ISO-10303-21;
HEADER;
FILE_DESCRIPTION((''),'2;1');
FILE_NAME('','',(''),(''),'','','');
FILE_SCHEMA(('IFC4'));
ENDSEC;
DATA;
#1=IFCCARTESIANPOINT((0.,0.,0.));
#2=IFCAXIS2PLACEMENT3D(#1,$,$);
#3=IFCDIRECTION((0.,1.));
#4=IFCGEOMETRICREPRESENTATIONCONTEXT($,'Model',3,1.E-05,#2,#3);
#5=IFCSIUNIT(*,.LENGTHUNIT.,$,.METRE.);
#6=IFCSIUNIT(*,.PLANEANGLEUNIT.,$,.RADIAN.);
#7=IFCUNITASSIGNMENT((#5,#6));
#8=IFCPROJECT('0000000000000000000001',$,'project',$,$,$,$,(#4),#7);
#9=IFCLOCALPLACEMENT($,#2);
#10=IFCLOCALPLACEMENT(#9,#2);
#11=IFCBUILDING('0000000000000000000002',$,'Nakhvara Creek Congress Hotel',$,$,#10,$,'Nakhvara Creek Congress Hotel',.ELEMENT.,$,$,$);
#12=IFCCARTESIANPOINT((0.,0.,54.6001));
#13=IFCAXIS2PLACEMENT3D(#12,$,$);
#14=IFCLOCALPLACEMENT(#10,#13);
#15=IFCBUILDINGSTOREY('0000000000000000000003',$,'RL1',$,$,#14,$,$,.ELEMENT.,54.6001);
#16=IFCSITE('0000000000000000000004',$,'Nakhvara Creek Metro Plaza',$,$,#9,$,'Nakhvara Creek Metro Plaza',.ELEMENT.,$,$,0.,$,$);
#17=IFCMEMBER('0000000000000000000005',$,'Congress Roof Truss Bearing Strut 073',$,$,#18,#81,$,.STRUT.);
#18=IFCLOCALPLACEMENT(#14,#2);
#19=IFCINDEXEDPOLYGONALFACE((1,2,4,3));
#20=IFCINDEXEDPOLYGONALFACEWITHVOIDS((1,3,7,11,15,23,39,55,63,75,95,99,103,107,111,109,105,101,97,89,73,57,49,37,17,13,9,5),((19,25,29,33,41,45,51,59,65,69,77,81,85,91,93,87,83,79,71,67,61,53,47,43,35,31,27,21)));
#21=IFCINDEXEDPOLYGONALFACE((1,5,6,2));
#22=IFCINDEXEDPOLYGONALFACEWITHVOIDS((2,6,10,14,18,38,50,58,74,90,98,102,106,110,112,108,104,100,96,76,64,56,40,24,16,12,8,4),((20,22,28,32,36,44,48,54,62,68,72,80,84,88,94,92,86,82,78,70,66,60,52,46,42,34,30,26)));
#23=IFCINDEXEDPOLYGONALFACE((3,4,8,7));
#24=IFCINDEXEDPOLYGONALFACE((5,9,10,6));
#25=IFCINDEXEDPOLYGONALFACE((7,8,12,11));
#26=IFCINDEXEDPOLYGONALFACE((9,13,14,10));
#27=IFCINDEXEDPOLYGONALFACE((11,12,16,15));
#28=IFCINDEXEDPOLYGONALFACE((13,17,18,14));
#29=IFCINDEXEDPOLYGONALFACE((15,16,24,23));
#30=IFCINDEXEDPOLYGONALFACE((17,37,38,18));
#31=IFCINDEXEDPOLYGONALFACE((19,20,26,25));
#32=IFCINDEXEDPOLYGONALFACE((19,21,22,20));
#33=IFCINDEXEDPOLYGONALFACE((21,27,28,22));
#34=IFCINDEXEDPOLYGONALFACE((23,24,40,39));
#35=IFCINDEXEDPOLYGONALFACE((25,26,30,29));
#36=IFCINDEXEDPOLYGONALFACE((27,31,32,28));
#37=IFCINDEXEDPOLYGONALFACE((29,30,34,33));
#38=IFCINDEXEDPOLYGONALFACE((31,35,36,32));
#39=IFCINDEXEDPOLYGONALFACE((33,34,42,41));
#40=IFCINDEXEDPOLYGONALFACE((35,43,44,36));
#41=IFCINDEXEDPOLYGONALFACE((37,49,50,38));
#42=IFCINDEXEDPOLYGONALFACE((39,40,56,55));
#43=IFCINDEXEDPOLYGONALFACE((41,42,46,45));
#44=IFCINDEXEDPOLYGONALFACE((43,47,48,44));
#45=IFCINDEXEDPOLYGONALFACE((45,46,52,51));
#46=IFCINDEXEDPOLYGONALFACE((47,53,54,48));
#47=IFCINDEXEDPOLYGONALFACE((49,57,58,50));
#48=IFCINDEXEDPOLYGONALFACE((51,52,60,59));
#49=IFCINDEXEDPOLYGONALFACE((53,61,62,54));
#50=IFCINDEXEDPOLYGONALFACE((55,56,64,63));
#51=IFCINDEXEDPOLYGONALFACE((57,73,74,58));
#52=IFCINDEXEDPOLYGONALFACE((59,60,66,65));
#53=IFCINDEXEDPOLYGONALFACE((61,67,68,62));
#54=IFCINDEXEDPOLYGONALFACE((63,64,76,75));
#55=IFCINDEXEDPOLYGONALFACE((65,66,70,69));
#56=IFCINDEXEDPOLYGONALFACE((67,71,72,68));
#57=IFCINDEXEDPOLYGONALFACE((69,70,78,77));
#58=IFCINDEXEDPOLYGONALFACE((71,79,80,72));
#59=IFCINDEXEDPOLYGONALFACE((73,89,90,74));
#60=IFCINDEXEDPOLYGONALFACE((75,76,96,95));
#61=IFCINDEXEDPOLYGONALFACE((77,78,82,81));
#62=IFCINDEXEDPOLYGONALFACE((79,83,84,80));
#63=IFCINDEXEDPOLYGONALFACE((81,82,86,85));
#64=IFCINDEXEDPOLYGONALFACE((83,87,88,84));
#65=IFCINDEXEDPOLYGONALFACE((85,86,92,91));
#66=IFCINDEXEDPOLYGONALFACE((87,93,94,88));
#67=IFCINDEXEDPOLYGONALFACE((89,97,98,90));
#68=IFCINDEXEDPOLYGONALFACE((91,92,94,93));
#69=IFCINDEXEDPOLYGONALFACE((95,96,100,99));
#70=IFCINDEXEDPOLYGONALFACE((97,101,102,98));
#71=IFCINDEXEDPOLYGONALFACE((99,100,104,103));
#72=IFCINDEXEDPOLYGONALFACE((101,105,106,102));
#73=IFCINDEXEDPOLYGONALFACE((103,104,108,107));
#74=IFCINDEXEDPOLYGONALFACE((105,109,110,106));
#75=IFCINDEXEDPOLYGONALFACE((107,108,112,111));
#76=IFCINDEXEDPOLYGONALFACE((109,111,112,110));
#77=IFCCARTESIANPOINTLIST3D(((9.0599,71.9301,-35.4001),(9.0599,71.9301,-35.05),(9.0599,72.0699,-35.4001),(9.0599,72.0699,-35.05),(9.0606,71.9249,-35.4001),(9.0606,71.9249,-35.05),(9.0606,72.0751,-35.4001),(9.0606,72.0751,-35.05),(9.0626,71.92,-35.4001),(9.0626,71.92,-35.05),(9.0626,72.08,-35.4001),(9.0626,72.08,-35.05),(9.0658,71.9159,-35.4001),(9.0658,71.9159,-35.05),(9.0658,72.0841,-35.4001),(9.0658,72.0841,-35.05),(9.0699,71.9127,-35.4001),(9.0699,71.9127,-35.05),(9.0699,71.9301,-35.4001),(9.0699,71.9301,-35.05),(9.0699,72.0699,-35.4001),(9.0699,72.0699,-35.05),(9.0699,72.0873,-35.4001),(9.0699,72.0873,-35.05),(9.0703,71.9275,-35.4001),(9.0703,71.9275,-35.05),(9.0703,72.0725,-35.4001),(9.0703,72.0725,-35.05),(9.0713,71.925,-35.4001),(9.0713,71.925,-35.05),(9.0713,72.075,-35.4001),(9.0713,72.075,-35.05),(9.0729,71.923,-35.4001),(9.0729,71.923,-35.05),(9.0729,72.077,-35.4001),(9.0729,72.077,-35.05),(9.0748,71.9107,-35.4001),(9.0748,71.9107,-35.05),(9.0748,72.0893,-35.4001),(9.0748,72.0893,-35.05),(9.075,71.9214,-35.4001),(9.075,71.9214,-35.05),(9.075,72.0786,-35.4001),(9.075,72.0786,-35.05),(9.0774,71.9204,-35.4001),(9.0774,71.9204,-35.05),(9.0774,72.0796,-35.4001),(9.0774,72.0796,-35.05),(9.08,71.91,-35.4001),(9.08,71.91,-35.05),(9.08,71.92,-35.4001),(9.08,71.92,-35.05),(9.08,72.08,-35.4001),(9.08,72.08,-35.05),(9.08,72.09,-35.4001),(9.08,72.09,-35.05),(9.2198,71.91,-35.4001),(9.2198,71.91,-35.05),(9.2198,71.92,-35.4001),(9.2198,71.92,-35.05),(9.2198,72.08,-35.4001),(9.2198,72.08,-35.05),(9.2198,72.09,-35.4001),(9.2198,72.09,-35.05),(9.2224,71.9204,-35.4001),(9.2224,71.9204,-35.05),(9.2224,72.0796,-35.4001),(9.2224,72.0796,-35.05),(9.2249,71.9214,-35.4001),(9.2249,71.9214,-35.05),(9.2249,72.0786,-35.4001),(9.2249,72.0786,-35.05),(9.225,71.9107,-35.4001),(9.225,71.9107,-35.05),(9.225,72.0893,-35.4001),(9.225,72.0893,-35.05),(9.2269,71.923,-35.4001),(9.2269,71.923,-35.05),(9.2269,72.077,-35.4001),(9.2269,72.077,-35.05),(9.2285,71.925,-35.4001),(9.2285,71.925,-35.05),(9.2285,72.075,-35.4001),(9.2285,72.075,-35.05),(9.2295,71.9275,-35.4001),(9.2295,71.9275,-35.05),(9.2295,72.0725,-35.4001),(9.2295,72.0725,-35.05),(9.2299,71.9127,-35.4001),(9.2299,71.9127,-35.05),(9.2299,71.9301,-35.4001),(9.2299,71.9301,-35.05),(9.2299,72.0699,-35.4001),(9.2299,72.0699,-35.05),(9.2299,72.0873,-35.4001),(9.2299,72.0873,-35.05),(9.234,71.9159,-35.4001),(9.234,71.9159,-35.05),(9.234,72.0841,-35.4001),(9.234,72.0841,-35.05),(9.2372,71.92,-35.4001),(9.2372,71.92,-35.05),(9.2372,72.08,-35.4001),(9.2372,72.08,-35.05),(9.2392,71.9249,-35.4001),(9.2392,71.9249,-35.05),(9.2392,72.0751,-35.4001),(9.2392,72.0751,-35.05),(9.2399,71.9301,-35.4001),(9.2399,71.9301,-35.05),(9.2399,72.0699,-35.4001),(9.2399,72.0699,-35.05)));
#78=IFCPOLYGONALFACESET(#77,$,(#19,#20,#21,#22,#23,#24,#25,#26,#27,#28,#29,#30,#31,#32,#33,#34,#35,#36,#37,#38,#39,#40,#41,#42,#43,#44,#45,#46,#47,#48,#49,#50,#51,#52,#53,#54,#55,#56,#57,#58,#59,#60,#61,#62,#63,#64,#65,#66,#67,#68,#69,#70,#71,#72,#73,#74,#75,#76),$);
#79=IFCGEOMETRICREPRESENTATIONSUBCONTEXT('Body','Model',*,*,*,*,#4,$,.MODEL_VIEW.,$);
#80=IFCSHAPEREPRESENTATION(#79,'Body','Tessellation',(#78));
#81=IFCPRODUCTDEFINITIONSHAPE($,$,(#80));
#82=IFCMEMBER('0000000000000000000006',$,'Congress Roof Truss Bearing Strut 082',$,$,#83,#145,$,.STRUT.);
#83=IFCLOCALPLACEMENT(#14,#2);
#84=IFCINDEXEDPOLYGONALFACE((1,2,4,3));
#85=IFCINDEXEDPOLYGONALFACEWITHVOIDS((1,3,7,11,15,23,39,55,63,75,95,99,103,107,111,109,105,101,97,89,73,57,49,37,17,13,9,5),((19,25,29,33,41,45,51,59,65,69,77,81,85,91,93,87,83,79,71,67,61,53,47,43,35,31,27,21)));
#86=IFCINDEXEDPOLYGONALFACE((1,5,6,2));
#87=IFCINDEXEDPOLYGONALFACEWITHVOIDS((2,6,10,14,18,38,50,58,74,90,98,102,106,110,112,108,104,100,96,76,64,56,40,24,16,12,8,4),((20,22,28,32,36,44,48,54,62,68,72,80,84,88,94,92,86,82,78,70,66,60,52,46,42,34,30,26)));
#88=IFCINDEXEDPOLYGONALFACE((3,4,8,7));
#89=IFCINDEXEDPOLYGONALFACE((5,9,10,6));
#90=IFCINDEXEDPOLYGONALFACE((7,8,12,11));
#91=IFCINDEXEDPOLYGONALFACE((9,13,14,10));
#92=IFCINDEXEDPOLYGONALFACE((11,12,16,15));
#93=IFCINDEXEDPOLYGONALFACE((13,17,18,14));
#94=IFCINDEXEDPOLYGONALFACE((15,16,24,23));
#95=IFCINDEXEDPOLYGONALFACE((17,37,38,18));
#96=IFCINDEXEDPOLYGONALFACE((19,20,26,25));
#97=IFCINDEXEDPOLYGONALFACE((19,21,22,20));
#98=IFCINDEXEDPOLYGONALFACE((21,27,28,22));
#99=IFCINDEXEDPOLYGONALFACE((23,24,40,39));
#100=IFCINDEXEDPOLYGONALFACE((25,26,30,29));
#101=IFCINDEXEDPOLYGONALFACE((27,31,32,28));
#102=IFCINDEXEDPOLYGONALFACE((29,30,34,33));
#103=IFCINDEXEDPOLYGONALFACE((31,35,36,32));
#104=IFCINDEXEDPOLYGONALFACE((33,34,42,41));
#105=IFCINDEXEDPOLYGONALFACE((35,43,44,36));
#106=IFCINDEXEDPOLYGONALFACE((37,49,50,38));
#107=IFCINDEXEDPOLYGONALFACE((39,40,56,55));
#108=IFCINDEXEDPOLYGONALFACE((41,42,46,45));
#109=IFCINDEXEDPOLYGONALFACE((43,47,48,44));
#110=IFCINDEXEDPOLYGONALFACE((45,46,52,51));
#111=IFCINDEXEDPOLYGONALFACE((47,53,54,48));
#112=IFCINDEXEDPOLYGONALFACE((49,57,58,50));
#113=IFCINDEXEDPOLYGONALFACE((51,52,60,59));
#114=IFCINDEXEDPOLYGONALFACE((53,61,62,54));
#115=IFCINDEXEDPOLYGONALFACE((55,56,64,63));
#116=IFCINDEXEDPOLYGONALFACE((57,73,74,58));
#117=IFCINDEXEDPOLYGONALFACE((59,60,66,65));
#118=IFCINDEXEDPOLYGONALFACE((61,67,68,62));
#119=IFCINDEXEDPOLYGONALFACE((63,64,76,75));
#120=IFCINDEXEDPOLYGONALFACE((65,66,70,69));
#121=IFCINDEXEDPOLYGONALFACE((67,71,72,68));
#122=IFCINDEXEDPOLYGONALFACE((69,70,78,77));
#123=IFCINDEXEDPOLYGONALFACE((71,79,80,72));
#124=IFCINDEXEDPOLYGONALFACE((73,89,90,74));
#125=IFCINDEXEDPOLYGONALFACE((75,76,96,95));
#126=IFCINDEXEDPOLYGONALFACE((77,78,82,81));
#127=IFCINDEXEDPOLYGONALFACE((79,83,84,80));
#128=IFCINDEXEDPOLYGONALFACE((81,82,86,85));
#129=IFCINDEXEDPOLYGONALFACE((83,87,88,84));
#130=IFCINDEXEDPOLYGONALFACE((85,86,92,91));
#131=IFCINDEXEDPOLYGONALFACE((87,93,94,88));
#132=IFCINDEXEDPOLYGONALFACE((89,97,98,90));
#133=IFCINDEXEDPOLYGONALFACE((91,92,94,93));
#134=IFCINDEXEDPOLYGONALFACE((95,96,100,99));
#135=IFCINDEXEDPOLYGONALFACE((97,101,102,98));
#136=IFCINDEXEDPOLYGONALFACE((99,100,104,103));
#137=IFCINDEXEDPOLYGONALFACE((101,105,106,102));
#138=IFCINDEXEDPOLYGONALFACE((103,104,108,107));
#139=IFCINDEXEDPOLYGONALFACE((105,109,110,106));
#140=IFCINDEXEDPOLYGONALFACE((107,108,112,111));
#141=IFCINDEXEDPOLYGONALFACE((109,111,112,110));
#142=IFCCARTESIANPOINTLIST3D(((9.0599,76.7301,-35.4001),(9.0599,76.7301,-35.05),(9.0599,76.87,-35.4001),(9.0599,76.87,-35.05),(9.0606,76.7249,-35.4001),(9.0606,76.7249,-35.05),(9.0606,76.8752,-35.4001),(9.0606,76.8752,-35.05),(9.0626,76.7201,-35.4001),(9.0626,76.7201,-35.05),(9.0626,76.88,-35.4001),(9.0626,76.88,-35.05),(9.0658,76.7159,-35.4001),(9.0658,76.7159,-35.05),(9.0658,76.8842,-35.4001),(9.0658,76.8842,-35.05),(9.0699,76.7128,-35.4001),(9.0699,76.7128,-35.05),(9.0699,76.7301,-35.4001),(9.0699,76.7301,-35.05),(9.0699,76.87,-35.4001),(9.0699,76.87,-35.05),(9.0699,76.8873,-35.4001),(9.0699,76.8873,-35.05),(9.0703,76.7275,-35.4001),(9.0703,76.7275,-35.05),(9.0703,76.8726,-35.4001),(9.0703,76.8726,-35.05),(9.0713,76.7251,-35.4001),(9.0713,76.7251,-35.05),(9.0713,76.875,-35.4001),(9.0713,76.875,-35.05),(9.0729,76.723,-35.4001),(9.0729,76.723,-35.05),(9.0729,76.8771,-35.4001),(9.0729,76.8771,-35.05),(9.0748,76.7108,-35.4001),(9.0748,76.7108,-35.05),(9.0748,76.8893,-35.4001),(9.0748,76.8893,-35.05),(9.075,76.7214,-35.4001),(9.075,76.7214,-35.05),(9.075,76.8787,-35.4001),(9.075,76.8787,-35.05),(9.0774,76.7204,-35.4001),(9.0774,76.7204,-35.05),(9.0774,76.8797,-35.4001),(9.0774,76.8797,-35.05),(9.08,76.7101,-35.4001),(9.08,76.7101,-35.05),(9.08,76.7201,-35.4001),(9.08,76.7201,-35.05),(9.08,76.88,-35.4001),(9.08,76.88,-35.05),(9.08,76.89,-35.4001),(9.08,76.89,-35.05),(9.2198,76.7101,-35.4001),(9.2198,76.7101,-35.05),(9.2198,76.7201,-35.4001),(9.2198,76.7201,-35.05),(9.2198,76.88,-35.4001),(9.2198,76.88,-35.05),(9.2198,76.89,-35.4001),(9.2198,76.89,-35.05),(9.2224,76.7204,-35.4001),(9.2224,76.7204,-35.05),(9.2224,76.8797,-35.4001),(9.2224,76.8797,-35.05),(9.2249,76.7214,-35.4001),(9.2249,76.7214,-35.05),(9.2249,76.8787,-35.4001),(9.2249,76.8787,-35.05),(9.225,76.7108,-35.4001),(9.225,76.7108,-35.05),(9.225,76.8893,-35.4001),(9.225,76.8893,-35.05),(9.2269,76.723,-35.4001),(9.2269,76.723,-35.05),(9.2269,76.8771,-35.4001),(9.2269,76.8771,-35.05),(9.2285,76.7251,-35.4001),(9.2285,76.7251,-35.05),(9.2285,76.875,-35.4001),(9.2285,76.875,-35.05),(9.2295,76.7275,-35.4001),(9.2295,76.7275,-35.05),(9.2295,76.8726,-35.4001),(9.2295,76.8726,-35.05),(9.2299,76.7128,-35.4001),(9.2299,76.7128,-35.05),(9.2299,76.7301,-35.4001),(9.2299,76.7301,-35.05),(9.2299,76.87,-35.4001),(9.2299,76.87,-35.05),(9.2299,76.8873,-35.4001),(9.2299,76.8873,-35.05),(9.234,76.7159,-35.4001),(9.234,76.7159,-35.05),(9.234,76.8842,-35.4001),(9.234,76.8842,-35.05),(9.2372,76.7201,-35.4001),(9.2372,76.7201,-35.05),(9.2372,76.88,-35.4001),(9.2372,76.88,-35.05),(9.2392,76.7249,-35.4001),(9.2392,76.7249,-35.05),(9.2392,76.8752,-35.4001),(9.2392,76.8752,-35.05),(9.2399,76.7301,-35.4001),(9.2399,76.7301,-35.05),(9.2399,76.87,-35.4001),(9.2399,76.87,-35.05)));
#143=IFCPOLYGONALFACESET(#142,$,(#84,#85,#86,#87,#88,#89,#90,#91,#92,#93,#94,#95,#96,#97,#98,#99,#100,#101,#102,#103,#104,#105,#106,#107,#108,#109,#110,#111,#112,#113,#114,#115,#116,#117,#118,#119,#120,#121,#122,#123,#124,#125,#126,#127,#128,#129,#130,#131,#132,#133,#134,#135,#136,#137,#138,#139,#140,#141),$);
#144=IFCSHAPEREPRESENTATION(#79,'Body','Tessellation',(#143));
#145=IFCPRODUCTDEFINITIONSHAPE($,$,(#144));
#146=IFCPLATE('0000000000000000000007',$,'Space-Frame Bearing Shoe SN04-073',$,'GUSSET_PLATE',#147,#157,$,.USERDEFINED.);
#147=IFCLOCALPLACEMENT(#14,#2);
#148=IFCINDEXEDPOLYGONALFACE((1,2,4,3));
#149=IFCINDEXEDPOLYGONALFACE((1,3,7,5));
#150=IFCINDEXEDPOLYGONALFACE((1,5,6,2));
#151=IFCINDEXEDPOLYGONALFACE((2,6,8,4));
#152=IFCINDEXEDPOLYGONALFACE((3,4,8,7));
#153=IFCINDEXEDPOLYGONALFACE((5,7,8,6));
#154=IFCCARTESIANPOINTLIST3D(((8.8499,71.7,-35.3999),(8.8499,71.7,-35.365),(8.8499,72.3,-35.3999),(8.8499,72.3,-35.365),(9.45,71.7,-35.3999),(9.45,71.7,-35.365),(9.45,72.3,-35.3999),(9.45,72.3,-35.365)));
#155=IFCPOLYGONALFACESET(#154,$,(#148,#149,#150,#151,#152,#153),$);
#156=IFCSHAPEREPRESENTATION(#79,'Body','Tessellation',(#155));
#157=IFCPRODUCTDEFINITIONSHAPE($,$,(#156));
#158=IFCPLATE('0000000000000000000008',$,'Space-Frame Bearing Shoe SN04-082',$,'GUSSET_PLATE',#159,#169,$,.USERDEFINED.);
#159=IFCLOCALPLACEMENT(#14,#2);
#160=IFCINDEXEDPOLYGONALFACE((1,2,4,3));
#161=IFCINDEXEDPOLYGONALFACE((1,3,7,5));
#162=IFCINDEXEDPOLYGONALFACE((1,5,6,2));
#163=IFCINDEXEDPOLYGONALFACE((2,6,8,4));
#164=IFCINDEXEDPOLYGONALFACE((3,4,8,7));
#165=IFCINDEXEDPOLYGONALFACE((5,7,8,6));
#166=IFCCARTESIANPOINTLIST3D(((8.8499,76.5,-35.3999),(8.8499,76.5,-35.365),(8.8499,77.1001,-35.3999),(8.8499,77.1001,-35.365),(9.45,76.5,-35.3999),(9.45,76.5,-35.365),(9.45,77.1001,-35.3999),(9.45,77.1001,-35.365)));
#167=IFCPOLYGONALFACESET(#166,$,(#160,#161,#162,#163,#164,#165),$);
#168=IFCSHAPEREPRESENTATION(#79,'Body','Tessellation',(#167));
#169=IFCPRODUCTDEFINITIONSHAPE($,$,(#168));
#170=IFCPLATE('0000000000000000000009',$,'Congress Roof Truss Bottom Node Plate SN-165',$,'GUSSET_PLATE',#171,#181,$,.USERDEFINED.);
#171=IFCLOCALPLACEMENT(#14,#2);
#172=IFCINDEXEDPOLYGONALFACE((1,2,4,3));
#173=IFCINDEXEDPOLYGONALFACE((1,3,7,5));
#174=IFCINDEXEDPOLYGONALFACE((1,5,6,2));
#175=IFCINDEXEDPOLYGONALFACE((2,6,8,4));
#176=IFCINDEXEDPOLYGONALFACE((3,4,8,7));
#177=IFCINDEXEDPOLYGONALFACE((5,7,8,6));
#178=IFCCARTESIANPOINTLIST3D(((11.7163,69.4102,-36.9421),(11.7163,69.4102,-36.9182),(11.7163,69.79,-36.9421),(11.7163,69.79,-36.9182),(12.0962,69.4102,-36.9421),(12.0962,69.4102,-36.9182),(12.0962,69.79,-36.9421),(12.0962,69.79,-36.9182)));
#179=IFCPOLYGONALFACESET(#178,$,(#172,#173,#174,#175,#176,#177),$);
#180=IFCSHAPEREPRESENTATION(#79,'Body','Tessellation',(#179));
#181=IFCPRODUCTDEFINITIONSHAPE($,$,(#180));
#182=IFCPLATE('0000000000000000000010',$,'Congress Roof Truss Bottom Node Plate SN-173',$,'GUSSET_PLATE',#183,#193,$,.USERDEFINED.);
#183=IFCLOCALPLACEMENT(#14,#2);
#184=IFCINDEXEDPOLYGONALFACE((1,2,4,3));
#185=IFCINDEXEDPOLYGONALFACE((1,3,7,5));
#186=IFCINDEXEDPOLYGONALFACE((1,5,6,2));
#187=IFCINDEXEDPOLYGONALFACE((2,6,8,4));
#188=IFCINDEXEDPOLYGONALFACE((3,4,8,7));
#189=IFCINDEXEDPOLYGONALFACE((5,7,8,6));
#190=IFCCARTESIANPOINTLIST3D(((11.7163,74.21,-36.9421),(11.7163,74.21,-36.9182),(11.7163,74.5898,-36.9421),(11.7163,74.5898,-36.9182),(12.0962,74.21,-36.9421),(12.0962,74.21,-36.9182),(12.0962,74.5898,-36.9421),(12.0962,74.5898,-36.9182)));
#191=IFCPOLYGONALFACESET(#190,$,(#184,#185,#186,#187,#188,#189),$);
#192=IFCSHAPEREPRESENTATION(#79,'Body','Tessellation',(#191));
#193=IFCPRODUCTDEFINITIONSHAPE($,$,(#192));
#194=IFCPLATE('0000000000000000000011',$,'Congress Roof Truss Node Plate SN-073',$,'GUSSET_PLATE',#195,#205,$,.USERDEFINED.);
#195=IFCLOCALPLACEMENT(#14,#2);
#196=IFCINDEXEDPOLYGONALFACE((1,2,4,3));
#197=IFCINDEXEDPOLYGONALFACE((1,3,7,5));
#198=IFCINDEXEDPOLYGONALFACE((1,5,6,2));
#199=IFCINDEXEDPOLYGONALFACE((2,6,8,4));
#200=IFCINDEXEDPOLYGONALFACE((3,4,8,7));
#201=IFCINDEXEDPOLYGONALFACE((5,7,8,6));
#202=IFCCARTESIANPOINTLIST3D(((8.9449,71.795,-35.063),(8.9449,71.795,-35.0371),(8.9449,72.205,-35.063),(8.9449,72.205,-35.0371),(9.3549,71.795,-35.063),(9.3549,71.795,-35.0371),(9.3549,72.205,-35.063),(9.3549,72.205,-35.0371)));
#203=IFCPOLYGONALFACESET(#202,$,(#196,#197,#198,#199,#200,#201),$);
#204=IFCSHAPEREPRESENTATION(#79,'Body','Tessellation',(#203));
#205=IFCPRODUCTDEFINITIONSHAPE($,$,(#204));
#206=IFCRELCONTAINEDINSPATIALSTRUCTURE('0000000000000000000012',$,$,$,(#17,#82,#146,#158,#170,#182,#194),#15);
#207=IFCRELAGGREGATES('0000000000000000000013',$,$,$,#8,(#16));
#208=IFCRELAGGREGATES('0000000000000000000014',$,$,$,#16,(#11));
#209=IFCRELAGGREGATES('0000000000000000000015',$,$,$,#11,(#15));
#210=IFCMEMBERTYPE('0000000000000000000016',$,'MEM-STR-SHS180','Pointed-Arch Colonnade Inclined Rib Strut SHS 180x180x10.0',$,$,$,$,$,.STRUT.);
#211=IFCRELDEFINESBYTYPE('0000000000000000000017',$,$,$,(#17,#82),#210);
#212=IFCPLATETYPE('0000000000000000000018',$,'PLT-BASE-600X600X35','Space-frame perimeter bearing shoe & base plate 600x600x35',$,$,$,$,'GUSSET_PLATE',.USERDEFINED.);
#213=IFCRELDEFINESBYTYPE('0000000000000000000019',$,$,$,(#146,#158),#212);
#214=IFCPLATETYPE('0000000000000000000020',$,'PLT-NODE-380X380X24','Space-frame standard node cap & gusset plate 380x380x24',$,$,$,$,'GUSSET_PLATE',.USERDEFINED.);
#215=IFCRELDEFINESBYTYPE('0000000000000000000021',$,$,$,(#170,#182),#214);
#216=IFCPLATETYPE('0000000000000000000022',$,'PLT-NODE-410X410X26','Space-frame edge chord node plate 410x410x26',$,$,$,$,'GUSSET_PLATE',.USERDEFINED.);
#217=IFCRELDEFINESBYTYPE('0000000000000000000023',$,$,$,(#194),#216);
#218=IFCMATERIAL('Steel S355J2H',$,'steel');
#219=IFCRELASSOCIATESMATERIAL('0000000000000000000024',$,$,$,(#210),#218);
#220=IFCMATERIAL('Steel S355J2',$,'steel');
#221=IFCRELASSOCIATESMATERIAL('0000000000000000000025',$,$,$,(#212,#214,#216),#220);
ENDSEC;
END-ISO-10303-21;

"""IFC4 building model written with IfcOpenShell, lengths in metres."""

from ifc_helpers import new_model, si_unit, direction, frame, origin, origin_2d, place, context, subcontext, project, spatial, rectangle, hollow_rectangle, extrude, material, material_profile, profile_set, type_object, element, save


model = new_model("IFC4")

# Units and contexts
model_context = context("Model", 3, precision=1e-05, world=origin(), true_north=direction((0.0, 1.0)))
body_context = subcontext(model_context, "Body", "Model", "MODEL_VIEW")
ifc_project = project(units=[si_unit("LENGTHUNIT", "METRE"), si_unit("PLANEANGLEUNIT", "RADIAN")], contexts=[model_context])

# Site, building, storey
site_placement = place(None, origin())
site = spatial("IfcSite", under=ifc_project, at=site_placement, Name="Nakhvara Creek Metro Plaza", LongName="Nakhvara Creek Metro Plaza", CompositionType="ELEMENT", RefElevation=0.0)
building_placement = place(site_placement, origin())
building = spatial("IfcBuilding", under=site, at=building_placement, Name="Nakhvara Creek Congress Hotel", LongName="Nakhvara Creek Congress Hotel", CompositionType="ELEMENT")
storey_placement = place(building_placement, frame((0.0, 0.0, 54.6001)))
storey = spatial("IfcBuildingStorey", under=building, at=storey_placement, Name="RL1", CompositionType="ELEMENT", Elevation=54.6001)

# Members
ifc_material_1 = material(Name="Steel S355J2H", Category="steel")
ifc_material_profile_1 = material_profile(ifc_material_1, hollow_rectangle(XDim=0.1799, YDim=0.1799, WallThickness=0.01, InnerFilletRadius=0.01, OuterFilletRadius=0.02, at=origin_2d()), Name="SHS 180x180x10.0", Category="LoadBearing")
ifc_profile_set_1 = profile_set([ifc_material_profile_1], Name="Steel S355J2H")
member_type_1 = type_object("IfcMemberType", Name="MEM-STR-SHS180", Description="Pointed-Arch Colonnade Inclined Rib Strut SHS 180x180x10.0", PredefinedType="STRUT", material=ifc_profile_set_1)
for number, where, z_axis, x_axis, name in (
    (1, (9.1499, 72.0, -35.4001), (0.0, 0.0, 1.0), (1.0, 0.0, 0.0), "Congress Roof Truss Bearing Strut 073"),
    (2, (9.1499, 76.8, -35.4001), (0.0, 0.0, 1.0), (1.0, 0.0, 0.0), "Congress Roof Truss Bearing Strut 082"),
):
    element("IfcMember", number, at=place(storey_placement, frame(where, z_axis=z_axis, x_axis=x_axis)), inside=storey, type_object=member_type_1, Name=name, PredefinedType="STRUT", context=body_context, shape_type="SweptSolid", body=[
        extrude(hollow_rectangle(XDim=0.1799, YDim=0.1799, WallThickness=0.01, InnerFilletRadius=0.01, OuterFilletRadius=0.02, at=origin_2d()), origin(), (0.0, 0.0, 1.0), 0.3501),
    ])

# Plates
ifc_material_2 = material(Name="Steel S355J2", Category="steel")
plate_type_1 = type_object("IfcPlateType", Name="PLT-BASE-600X600X35", Description="Space-frame perimeter bearing shoe & base plate 600x600x35", ElementType="GUSSET_PLATE", PredefinedType="USERDEFINED", material=ifc_material_2)
for number, where, z_axis, x_axis, name in (
    (3, (9.1499, 72.0, -35.3999), (0.0, 0.0, 1.0), (1.0, 0.0, 0.0), "Space-Frame Bearing Shoe SN04-073"),
    (4, (9.1499, 76.8, -35.3999), (0.0, 0.0, 1.0), (1.0, 0.0, 0.0), "Space-Frame Bearing Shoe SN04-082"),
):
    element("IfcPlate", number, at=place(storey_placement, frame(where, z_axis=z_axis, x_axis=x_axis)), inside=storey, type_object=plate_type_1, Name=name, ObjectType="GUSSET_PLATE", PredefinedType="USERDEFINED", context=body_context, shape_type="SweptSolid", body=[
        extrude(rectangle(XDim=0.6001, YDim=0.6001, at=origin_2d()), origin(), (0.0, 0.0, 1.0), 0.0349),
    ])
plate_type_2 = type_object("IfcPlateType", Name="PLT-NODE-380X380X24", Description="Space-frame standard node cap & gusset plate 380x380x24", ElementType="GUSSET_PLATE", PredefinedType="USERDEFINED", material=ifc_material_2)
for number, where, z_axis, x_axis, name in (
    (5, (11.9062, 69.6001, -36.9421), (0.0, 0.0, 1.0), (1.0, 0.0, 0.0), "Congress Roof Truss Bottom Node Plate SN-165"),
    (6, (11.9062, 74.3999, -36.9421), (0.0, 0.0, 1.0), (1.0, 0.0, 0.0), "Congress Roof Truss Bottom Node Plate SN-173"),
):
    element("IfcPlate", number, at=place(storey_placement, frame(where, z_axis=z_axis, x_axis=x_axis)), inside=storey, type_object=plate_type_2, Name=name, ObjectType="GUSSET_PLATE", PredefinedType="USERDEFINED", context=body_context, shape_type="SweptSolid", body=[
        extrude(rectangle(XDim=0.3799, YDim=0.3799, at=origin_2d()), origin(), (0.0, 0.0, 1.0), 0.0239),
    ])
plate_type_3 = type_object("IfcPlateType", Name="PLT-NODE-410X410X26", Description="Space-frame edge chord node plate 410x410x26", ElementType="GUSSET_PLATE", PredefinedType="USERDEFINED", material=ifc_material_2)
for number, where, z_axis, x_axis, name in (
    (7, (9.1499, 72.0, -35.063), (0.0, 0.0, 1.0), (1.0, 0.0, 0.0), "Congress Roof Truss Node Plate SN-073"),
):
    element("IfcPlate", number, at=place(storey_placement, frame(where, z_axis=z_axis, x_axis=x_axis)), inside=storey, type_object=plate_type_3, Name=name, ObjectType="GUSSET_PLATE", PredefinedType="USERDEFINED", context=body_context, shape_type="SweptSolid", body=[
        extrude(rectangle(XDim=0.4099, YDim=0.4099, at=origin_2d()), origin(), (0.0, 0.0, 1.0), 0.0259),
    ])

save(model, "model.ifc")
